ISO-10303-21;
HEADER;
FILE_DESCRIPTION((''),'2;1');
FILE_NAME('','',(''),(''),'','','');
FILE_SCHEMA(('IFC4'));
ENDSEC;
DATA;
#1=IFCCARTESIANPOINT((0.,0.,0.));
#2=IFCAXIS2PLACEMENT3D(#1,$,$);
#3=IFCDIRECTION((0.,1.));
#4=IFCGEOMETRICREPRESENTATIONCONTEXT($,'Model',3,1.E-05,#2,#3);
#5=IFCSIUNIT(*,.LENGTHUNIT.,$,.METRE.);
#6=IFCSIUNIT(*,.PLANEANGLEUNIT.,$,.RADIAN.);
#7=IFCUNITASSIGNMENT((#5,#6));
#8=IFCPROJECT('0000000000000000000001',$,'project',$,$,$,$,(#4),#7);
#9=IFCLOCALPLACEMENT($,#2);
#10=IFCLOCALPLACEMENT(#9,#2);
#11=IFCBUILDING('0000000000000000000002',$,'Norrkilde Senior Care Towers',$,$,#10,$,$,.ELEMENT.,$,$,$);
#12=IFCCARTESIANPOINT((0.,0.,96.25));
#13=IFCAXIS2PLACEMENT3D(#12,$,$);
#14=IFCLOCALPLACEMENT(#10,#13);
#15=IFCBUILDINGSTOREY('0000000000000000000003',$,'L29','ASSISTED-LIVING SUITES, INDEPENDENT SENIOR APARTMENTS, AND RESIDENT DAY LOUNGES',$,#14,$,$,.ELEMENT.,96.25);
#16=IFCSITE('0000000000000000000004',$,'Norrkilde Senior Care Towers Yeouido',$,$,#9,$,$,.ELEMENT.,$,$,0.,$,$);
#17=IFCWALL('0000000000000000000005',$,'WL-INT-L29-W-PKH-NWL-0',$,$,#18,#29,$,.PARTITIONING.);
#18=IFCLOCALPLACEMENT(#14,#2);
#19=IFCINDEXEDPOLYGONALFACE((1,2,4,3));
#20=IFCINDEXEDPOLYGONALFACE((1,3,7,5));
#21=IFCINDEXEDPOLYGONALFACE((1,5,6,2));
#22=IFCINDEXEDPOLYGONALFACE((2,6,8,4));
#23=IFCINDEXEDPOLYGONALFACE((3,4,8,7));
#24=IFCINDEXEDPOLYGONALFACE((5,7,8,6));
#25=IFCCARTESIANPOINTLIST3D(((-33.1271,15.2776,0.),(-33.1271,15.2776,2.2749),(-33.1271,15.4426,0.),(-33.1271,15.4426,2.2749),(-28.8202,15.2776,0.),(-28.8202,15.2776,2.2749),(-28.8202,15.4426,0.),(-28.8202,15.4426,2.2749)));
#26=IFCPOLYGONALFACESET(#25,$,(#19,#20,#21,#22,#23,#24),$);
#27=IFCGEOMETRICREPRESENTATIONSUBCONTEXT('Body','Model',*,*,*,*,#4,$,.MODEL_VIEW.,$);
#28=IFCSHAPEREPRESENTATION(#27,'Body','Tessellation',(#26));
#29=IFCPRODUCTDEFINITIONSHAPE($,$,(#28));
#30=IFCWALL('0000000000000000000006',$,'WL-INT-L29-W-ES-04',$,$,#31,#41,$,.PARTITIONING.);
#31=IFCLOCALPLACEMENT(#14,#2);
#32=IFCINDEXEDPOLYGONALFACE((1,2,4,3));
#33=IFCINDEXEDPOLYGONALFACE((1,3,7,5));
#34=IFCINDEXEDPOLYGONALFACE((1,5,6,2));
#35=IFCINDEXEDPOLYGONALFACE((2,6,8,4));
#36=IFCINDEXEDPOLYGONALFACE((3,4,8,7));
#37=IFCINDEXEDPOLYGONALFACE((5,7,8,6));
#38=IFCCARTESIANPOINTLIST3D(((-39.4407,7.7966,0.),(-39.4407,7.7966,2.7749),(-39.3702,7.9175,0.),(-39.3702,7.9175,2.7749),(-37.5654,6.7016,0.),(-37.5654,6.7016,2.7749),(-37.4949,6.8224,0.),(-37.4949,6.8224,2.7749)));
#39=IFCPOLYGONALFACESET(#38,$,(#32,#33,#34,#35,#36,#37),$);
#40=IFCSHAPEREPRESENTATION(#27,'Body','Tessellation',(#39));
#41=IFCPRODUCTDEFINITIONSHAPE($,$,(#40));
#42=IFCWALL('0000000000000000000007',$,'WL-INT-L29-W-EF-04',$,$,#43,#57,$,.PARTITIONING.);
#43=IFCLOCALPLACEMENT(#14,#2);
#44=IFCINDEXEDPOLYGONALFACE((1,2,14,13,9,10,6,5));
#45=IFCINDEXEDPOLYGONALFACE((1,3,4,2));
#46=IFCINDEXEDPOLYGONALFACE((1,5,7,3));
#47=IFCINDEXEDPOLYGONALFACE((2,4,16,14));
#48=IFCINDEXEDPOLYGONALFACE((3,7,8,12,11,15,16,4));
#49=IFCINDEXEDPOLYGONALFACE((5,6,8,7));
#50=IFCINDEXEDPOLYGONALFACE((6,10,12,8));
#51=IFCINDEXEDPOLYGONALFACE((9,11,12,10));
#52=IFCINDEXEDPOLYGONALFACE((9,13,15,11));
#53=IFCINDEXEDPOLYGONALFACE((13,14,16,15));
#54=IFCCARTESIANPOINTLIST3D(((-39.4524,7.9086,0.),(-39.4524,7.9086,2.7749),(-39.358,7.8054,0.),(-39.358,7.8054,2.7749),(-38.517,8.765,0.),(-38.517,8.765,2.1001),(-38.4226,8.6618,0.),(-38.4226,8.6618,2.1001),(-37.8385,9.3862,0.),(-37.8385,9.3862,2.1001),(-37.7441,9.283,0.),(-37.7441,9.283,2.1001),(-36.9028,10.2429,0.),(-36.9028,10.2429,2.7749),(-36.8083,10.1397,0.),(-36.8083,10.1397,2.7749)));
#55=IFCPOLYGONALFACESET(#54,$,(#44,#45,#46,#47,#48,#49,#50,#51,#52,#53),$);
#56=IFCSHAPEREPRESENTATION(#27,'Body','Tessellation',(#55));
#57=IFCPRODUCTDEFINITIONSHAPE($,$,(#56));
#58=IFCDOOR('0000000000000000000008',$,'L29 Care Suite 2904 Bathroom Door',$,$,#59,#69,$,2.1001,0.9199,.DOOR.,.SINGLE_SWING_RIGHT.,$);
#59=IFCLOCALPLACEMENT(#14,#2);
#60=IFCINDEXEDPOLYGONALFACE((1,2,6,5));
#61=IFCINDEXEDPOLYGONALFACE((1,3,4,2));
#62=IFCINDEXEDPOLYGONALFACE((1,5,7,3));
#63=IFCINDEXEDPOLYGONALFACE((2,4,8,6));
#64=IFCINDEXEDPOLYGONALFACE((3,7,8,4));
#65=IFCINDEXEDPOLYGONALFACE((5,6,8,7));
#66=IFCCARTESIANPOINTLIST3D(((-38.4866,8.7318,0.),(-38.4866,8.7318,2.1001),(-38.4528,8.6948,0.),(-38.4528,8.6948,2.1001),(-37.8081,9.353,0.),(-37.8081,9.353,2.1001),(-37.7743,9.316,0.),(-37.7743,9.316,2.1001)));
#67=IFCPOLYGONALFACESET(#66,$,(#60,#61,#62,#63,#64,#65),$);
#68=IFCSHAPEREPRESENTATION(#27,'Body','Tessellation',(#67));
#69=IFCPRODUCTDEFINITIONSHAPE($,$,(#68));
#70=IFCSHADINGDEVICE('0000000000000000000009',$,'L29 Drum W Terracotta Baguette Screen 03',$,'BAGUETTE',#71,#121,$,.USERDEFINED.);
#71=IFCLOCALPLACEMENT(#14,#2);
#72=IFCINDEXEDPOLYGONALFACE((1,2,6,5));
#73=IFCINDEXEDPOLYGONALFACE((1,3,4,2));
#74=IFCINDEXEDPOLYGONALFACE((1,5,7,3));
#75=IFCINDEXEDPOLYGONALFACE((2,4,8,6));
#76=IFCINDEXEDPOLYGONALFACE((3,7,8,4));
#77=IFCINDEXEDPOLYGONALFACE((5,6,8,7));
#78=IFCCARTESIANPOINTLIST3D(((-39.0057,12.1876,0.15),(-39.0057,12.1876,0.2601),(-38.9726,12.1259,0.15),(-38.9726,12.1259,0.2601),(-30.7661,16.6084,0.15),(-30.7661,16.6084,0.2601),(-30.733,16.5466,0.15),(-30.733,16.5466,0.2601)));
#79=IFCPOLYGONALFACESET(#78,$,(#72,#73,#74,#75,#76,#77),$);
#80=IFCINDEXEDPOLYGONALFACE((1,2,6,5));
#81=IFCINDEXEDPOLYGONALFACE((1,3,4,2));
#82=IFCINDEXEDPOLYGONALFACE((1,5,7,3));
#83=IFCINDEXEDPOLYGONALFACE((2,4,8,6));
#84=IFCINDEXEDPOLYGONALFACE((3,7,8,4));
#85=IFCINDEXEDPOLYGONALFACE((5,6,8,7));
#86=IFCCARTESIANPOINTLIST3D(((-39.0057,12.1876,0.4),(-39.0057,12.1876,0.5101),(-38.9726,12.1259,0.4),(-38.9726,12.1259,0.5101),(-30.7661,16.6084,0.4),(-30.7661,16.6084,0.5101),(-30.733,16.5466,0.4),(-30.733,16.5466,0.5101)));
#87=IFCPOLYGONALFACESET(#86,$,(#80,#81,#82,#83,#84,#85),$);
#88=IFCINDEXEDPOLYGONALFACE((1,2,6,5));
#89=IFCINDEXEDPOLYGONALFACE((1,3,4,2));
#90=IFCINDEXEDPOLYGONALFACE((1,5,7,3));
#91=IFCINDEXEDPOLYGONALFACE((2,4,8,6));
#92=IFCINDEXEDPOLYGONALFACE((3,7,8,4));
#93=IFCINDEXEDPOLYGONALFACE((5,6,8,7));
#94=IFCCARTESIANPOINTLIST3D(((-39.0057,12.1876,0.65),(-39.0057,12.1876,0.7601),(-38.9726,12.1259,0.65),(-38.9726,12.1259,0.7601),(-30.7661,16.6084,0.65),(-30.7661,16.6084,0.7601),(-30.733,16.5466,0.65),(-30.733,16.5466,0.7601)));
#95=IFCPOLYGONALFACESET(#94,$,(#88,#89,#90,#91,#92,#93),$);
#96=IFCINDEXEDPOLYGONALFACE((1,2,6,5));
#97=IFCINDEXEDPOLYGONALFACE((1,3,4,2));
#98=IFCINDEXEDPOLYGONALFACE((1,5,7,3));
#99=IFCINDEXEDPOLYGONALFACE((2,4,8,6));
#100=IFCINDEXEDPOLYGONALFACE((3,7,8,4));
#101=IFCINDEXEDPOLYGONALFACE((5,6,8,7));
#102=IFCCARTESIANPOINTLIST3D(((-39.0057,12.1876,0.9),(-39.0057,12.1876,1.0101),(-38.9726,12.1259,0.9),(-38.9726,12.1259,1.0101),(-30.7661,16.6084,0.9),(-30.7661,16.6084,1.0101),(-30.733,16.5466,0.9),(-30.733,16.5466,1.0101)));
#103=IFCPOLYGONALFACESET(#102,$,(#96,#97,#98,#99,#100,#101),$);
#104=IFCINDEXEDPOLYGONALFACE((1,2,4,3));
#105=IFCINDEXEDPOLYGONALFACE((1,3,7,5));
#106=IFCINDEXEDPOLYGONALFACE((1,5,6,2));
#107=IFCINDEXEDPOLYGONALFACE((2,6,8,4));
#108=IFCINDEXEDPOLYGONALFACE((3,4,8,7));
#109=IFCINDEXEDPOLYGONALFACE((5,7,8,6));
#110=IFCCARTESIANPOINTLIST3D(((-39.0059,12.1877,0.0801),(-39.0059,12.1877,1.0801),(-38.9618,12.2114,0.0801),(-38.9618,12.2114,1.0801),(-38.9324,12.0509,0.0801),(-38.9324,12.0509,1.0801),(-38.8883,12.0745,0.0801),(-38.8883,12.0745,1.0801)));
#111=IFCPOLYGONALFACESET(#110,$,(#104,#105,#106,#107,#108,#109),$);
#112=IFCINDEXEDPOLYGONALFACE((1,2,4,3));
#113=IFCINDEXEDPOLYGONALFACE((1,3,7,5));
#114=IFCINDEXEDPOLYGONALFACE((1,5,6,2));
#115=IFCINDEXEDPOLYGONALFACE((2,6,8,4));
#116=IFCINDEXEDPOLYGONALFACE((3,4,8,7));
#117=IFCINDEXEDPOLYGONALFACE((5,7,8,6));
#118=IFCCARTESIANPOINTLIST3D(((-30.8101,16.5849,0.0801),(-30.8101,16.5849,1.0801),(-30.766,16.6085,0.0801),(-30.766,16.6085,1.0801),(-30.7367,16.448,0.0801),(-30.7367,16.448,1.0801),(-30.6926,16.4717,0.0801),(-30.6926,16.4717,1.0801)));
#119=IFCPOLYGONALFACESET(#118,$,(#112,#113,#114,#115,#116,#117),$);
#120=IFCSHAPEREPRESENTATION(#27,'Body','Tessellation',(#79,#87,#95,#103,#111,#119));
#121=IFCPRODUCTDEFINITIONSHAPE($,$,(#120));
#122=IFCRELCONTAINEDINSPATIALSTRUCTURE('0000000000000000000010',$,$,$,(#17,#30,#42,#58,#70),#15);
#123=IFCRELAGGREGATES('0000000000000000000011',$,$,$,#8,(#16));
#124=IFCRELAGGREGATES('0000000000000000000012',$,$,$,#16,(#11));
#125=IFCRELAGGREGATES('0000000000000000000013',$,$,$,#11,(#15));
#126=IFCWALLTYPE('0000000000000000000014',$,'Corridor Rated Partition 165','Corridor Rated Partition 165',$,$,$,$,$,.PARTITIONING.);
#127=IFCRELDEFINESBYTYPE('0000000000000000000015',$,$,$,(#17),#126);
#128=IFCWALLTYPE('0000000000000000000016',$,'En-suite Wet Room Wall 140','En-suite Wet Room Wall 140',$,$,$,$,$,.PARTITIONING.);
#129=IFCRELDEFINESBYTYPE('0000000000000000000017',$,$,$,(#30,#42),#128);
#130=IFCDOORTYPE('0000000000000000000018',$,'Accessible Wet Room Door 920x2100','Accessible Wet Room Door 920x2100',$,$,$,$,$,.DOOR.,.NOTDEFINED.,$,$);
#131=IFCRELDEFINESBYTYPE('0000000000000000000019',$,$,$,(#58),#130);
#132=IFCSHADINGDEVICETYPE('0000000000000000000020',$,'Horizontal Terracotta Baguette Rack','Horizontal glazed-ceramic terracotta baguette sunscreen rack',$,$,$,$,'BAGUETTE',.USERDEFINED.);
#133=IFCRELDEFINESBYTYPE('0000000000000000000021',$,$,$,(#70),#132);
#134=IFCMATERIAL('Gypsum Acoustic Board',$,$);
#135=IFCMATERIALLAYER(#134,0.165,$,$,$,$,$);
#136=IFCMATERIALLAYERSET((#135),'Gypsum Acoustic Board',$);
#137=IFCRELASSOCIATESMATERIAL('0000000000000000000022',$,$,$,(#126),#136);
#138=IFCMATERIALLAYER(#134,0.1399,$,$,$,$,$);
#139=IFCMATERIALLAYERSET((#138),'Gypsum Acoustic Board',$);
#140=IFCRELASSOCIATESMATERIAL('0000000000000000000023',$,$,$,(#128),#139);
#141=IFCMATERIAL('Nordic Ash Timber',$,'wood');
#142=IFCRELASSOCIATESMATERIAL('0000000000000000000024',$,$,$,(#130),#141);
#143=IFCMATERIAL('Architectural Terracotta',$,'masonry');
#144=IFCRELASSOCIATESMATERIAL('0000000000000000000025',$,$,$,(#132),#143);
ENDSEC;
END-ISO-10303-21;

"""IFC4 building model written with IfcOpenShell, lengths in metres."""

from ifc_helpers import new_model, si_unit, direction, frame, frame_2d, origin, origin_2d, place, context, subcontext, project, spatial, rectangle, extrude, source, transform, mapped, material, layer, layer_set, type_object, type_shapes, element, fill, save


model = new_model("IFC4")

# Units and contexts
model_context = context("Model", 3, precision=1e-05, world=origin(), true_north=direction((0.0, 1.0)))
body_context = subcontext(model_context, "Body", "Model", "MODEL_VIEW")
ifc_project = project(units=[si_unit("LENGTHUNIT", "METRE"), si_unit("PLANEANGLEUNIT", "RADIAN")], contexts=[model_context])

# Site, building, storey
site_placement = place(None, origin())
site = spatial("IfcSite", under=ifc_project, at=site_placement, Name="Norrkilde Senior Care Towers Yeouido", CompositionType="ELEMENT", RefElevation=0.0)
building_placement = place(site_placement, origin())
building = spatial("IfcBuilding", under=site, at=building_placement, Name="Norrkilde Senior Care Towers", CompositionType="ELEMENT")
storey_placement = place(building_placement, frame((0.0, 0.0, 96.25)))
storey = spatial("IfcBuildingStorey", under=building, at=storey_placement, Name="L29", Description="ASSISTED-LIVING SUITES, INDEPENDENT SENIOR APARTMENTS, AND RESIDENT DAY LOUNGES", CompositionType="ELEMENT", Elevation=96.25)

# Shared definitions
ifc_material_1 = material(Name="Gypsum Acoustic Board")
ifc_layer_1 = layer(ifc_material_1, 0.165)
ifc_layer_set_1 = layer_set([ifc_layer_1], Name="Gypsum Acoustic Board")
wall_type_1 = type_object("IfcWallType", Name="Corridor Rated Partition 165", Description="Corridor Rated Partition 165", PredefinedType="PARTITIONING", material=ifc_layer_set_1)

# Shared definitions
ifc_material_2 = material(Name="Nordic Ash Timber", Category="wood")

# Walls
shared_shape_1 = source(origin(), body_context, "Body", "SweptSolid", [
    extrude(rectangle(XDim=4.3069, YDim=0.165, at=frame_2d((2.1533, 0.0))), origin(), (0.0, 0.0, 1.0), 2.2749),
])
wall_1_placement = place(storey_placement, frame((-33.127, 15.3601, 0.0), z_axis=(0.0, 0.0, 1.0), x_axis=(1.0, 0.0, 0.0)))
element("IfcWall", 1, at=wall_1_placement, inside=storey, type_object=wall_type_1, Name="WL-INT-L29-W-PKH-NWL-0", PredefinedType="PARTITIONING", context=body_context, shape_type="MappedRepresentation", body=[
    mapped(shared_shape_1, transform((0.0, 0.0, 0.0), x_axis=(1.0, 0.0, 0.0), y_axis=(0.0, 1.0, 0.0), z_axis=(0.0, 0.0, 1.0), scale=1.0)),
])
ifc_layer_2 = layer(ifc_material_1, 0.1399)
ifc_layer_set_2 = layer_set([ifc_layer_2], Name="Gypsum Acoustic Board")
wall_type_2 = type_object("IfcWallType", Name="En-suite Wet Room Wall 140", Description="En-suite Wet Room Wall 140", PredefinedType="PARTITIONING", material=ifc_layer_set_2)
shared_shape_2 = source(origin(), body_context, "Body", "SweptSolid", [
    extrude(rectangle(XDim=2.1716, YDim=0.1399, at=frame_2d((1.0859, 0.0))), origin(), (0.0, 0.0, 1.0), 2.7749),
])
wall_2_placement = place(storey_placement, frame((-37.53, 6.762, 0.0), z_axis=(0.0, 0.0, 1.0), x_axis=(-0.863563, 0.504241, 0.0)))
element("IfcWall", 2, at=wall_2_placement, inside=storey, type_object=wall_type_2, Name="WL-INT-L29-W-ES-04", PredefinedType="PARTITIONING", context=body_context, shape_type="MappedRepresentation", body=[
    mapped(shared_shape_2, transform((0.0, 0.0, 0.0), x_axis=(1.0, 0.0, 0.0), y_axis=(0.0, 1.0, 0.0), z_axis=(0.0, 0.0, 1.0), scale=1.0)),
])

# Wall, opening, door
shared_shape_3 = source(origin(), body_context, "Body", "SweptSolid", [
    extrude(rectangle(XDim=3.4568, YDim=0.1399, at=frame_2d((1.7285, 0.0))), origin(), (0.0, 0.0, 1.0), 2.7749),
])
type_shapes(wall_type_2, [shared_shape_2, shared_shape_3])
wall_3_placement = place(storey_placement, frame((-39.4053, 7.8569, 0.0), z_axis=(0.0, 0.0, 1.0), x_axis=(0.737567, 0.675274, 0.0)))
wall_3 = element("IfcWall", 3, at=wall_3_placement, inside=storey, type_object=wall_type_2, Name="WL-INT-L29-W-EF-04", PredefinedType="PARTITIONING", context=body_context, shape_type="MappedRepresentation", body=[
    mapped(shared_shape_3, transform((0.0, 0.0, 0.0), x_axis=(1.0, 0.0, 0.0), y_axis=(0.0, 1.0, 0.0), z_axis=(0.0, 0.0, 1.0), scale=1.0)),
])
opening_1_placement = place(wall_3_placement, frame((1.2683, 0.0, 0.0)))
opening_1 = element("IfcOpeningElement", 4, at=opening_1_placement, cuts=wall_3, PredefinedType="OPENING", context=body_context, shape_type="SweptSolid", body=[
    extrude(rectangle(XDim=0.9199, YDim=2.1001, at=frame_2d((0.46, 1.05))), frame((0.0, 0.0798, 0.0), z_axis=(0.0, -1.0, 0.0), x_axis=(1.0, 0.0, 0.0)), (0.0, 0.0, 1.0), 0.1599),
])
door_type_1 = type_object("IfcDoorType", Name="Accessible Wet Room Door 920x2100", Description="Accessible Wet Room Door 920x2100", OperationType="NOTDEFINED", PredefinedType="DOOR", material=ifc_material_2)
shared_shape_4 = source(origin(), body_context, "Body", "SweptSolid", [
    extrude(rectangle(XDim=0.9199, YDim=2.1001, at=frame_2d((0.46, 1.05))), frame((0.0, 0.0249, 0.0), z_axis=(0.0, -1.0, 0.0), x_axis=(1.0, 0.0, 0.0)), (0.0, 0.0, 1.0), 0.05),
])
type_shapes(door_type_1, [shared_shape_4])
door_1_placement = place(opening_1_placement, origin())
door_1 = element("IfcDoor", 5, at=door_1_placement, inside=storey, type_object=door_type_1, Name="L29 Care Suite 2904 Bathroom Door", OperationType="SINGLE_SWING_RIGHT", OverallHeight=2.1001, OverallWidth=0.9199, PredefinedType="DOOR", context=body_context, shape_type="MappedRepresentation", body=[
    mapped(shared_shape_4, transform((0.0, 0.0, 0.0), x_axis=(1.0, 0.0, 0.0), y_axis=(0.0, 1.0, 0.0), z_axis=(0.0, 0.0, 1.0), scale=1.0)),
])
fill(opening_1, door_1)

# Shading device
ifc_material_3 = material(Name="Architectural Terracotta", Category="masonry")
shading_device_type = type_object("IfcShadingDeviceType", Name="Horizontal Terracotta Baguette Rack", Description="Horizontal glazed-ceramic terracotta baguette sunscreen rack", ElementType="BAGUETTE", PredefinedType="USERDEFINED", material=ifc_material_3)
shared_shape_5 = source(origin(), body_context, "Body", "SweptSolid", [
    extrude(rectangle(XDim=0.0701, YDim=0.1101, at=origin_2d()), frame((0.0, 0.0901, 0.125), z_axis=(1.0, 0.0, 0.0), x_axis=(0.0, 1.0, 0.0)), (0.0, 0.0, 1.0), 9.3506),
    extrude(rectangle(XDim=0.0701, YDim=0.1101, at=origin_2d()), frame((0.0, 0.0901, 0.375), z_axis=(1.0, 0.0, 0.0), x_axis=(0.0, 1.0, 0.0)), (0.0, 0.0, 1.0), 9.3506),
    extrude(rectangle(XDim=0.0701, YDim=0.1101, at=origin_2d()), frame((0.0, 0.0901, 0.625), z_axis=(1.0, 0.0, 0.0), x_axis=(0.0, 1.0, 0.0)), (0.0, 0.0, 1.0), 9.3506),
    extrude(rectangle(XDim=0.0701, YDim=0.1101, at=origin_2d()), frame((0.0, 0.0901, 0.875), z_axis=(1.0, 0.0, 0.0), x_axis=(0.0, 1.0, 0.0)), (0.0, 0.0, 1.0), 9.3506),
    extrude(rectangle(XDim=0.05, YDim=0.1553, at=origin_2d()), frame((0.0249, 0.0476, 0.0)), (0.0, 0.0, 1.0), 1.0),
    extrude(rectangle(XDim=0.05, YDim=0.1553, at=origin_2d()), frame((9.3257, 0.0476, 0.0)), (0.0, 0.0, 1.0), 1.0),
])
type_shapes(shading_device_type, [shared_shape_5])
shading_device_placement = place(storey_placement, frame((-38.9465, 12.0774, 0.0801), z_axis=(0.0, 0.0, 1.0), x_axis=(0.881175, 0.472768, 0.0)))
element("IfcShadingDevice", 6, at=shading_device_placement, inside=storey, type_object=shading_device_type, Name="L29 Drum W Terracotta Baguette Screen 03", ObjectType="BAGUETTE", PredefinedType="USERDEFINED", context=body_context, shape_type="MappedRepresentation", body=[
    mapped(shared_shape_5, transform((0.0, 0.0, 0.0), x_axis=(1.0, 0.0, 0.0), y_axis=(0.0, 1.0, 0.0), z_axis=(0.0, 0.0, 1.0), scale=1.0)),
])

save(model, "model.ifc")
